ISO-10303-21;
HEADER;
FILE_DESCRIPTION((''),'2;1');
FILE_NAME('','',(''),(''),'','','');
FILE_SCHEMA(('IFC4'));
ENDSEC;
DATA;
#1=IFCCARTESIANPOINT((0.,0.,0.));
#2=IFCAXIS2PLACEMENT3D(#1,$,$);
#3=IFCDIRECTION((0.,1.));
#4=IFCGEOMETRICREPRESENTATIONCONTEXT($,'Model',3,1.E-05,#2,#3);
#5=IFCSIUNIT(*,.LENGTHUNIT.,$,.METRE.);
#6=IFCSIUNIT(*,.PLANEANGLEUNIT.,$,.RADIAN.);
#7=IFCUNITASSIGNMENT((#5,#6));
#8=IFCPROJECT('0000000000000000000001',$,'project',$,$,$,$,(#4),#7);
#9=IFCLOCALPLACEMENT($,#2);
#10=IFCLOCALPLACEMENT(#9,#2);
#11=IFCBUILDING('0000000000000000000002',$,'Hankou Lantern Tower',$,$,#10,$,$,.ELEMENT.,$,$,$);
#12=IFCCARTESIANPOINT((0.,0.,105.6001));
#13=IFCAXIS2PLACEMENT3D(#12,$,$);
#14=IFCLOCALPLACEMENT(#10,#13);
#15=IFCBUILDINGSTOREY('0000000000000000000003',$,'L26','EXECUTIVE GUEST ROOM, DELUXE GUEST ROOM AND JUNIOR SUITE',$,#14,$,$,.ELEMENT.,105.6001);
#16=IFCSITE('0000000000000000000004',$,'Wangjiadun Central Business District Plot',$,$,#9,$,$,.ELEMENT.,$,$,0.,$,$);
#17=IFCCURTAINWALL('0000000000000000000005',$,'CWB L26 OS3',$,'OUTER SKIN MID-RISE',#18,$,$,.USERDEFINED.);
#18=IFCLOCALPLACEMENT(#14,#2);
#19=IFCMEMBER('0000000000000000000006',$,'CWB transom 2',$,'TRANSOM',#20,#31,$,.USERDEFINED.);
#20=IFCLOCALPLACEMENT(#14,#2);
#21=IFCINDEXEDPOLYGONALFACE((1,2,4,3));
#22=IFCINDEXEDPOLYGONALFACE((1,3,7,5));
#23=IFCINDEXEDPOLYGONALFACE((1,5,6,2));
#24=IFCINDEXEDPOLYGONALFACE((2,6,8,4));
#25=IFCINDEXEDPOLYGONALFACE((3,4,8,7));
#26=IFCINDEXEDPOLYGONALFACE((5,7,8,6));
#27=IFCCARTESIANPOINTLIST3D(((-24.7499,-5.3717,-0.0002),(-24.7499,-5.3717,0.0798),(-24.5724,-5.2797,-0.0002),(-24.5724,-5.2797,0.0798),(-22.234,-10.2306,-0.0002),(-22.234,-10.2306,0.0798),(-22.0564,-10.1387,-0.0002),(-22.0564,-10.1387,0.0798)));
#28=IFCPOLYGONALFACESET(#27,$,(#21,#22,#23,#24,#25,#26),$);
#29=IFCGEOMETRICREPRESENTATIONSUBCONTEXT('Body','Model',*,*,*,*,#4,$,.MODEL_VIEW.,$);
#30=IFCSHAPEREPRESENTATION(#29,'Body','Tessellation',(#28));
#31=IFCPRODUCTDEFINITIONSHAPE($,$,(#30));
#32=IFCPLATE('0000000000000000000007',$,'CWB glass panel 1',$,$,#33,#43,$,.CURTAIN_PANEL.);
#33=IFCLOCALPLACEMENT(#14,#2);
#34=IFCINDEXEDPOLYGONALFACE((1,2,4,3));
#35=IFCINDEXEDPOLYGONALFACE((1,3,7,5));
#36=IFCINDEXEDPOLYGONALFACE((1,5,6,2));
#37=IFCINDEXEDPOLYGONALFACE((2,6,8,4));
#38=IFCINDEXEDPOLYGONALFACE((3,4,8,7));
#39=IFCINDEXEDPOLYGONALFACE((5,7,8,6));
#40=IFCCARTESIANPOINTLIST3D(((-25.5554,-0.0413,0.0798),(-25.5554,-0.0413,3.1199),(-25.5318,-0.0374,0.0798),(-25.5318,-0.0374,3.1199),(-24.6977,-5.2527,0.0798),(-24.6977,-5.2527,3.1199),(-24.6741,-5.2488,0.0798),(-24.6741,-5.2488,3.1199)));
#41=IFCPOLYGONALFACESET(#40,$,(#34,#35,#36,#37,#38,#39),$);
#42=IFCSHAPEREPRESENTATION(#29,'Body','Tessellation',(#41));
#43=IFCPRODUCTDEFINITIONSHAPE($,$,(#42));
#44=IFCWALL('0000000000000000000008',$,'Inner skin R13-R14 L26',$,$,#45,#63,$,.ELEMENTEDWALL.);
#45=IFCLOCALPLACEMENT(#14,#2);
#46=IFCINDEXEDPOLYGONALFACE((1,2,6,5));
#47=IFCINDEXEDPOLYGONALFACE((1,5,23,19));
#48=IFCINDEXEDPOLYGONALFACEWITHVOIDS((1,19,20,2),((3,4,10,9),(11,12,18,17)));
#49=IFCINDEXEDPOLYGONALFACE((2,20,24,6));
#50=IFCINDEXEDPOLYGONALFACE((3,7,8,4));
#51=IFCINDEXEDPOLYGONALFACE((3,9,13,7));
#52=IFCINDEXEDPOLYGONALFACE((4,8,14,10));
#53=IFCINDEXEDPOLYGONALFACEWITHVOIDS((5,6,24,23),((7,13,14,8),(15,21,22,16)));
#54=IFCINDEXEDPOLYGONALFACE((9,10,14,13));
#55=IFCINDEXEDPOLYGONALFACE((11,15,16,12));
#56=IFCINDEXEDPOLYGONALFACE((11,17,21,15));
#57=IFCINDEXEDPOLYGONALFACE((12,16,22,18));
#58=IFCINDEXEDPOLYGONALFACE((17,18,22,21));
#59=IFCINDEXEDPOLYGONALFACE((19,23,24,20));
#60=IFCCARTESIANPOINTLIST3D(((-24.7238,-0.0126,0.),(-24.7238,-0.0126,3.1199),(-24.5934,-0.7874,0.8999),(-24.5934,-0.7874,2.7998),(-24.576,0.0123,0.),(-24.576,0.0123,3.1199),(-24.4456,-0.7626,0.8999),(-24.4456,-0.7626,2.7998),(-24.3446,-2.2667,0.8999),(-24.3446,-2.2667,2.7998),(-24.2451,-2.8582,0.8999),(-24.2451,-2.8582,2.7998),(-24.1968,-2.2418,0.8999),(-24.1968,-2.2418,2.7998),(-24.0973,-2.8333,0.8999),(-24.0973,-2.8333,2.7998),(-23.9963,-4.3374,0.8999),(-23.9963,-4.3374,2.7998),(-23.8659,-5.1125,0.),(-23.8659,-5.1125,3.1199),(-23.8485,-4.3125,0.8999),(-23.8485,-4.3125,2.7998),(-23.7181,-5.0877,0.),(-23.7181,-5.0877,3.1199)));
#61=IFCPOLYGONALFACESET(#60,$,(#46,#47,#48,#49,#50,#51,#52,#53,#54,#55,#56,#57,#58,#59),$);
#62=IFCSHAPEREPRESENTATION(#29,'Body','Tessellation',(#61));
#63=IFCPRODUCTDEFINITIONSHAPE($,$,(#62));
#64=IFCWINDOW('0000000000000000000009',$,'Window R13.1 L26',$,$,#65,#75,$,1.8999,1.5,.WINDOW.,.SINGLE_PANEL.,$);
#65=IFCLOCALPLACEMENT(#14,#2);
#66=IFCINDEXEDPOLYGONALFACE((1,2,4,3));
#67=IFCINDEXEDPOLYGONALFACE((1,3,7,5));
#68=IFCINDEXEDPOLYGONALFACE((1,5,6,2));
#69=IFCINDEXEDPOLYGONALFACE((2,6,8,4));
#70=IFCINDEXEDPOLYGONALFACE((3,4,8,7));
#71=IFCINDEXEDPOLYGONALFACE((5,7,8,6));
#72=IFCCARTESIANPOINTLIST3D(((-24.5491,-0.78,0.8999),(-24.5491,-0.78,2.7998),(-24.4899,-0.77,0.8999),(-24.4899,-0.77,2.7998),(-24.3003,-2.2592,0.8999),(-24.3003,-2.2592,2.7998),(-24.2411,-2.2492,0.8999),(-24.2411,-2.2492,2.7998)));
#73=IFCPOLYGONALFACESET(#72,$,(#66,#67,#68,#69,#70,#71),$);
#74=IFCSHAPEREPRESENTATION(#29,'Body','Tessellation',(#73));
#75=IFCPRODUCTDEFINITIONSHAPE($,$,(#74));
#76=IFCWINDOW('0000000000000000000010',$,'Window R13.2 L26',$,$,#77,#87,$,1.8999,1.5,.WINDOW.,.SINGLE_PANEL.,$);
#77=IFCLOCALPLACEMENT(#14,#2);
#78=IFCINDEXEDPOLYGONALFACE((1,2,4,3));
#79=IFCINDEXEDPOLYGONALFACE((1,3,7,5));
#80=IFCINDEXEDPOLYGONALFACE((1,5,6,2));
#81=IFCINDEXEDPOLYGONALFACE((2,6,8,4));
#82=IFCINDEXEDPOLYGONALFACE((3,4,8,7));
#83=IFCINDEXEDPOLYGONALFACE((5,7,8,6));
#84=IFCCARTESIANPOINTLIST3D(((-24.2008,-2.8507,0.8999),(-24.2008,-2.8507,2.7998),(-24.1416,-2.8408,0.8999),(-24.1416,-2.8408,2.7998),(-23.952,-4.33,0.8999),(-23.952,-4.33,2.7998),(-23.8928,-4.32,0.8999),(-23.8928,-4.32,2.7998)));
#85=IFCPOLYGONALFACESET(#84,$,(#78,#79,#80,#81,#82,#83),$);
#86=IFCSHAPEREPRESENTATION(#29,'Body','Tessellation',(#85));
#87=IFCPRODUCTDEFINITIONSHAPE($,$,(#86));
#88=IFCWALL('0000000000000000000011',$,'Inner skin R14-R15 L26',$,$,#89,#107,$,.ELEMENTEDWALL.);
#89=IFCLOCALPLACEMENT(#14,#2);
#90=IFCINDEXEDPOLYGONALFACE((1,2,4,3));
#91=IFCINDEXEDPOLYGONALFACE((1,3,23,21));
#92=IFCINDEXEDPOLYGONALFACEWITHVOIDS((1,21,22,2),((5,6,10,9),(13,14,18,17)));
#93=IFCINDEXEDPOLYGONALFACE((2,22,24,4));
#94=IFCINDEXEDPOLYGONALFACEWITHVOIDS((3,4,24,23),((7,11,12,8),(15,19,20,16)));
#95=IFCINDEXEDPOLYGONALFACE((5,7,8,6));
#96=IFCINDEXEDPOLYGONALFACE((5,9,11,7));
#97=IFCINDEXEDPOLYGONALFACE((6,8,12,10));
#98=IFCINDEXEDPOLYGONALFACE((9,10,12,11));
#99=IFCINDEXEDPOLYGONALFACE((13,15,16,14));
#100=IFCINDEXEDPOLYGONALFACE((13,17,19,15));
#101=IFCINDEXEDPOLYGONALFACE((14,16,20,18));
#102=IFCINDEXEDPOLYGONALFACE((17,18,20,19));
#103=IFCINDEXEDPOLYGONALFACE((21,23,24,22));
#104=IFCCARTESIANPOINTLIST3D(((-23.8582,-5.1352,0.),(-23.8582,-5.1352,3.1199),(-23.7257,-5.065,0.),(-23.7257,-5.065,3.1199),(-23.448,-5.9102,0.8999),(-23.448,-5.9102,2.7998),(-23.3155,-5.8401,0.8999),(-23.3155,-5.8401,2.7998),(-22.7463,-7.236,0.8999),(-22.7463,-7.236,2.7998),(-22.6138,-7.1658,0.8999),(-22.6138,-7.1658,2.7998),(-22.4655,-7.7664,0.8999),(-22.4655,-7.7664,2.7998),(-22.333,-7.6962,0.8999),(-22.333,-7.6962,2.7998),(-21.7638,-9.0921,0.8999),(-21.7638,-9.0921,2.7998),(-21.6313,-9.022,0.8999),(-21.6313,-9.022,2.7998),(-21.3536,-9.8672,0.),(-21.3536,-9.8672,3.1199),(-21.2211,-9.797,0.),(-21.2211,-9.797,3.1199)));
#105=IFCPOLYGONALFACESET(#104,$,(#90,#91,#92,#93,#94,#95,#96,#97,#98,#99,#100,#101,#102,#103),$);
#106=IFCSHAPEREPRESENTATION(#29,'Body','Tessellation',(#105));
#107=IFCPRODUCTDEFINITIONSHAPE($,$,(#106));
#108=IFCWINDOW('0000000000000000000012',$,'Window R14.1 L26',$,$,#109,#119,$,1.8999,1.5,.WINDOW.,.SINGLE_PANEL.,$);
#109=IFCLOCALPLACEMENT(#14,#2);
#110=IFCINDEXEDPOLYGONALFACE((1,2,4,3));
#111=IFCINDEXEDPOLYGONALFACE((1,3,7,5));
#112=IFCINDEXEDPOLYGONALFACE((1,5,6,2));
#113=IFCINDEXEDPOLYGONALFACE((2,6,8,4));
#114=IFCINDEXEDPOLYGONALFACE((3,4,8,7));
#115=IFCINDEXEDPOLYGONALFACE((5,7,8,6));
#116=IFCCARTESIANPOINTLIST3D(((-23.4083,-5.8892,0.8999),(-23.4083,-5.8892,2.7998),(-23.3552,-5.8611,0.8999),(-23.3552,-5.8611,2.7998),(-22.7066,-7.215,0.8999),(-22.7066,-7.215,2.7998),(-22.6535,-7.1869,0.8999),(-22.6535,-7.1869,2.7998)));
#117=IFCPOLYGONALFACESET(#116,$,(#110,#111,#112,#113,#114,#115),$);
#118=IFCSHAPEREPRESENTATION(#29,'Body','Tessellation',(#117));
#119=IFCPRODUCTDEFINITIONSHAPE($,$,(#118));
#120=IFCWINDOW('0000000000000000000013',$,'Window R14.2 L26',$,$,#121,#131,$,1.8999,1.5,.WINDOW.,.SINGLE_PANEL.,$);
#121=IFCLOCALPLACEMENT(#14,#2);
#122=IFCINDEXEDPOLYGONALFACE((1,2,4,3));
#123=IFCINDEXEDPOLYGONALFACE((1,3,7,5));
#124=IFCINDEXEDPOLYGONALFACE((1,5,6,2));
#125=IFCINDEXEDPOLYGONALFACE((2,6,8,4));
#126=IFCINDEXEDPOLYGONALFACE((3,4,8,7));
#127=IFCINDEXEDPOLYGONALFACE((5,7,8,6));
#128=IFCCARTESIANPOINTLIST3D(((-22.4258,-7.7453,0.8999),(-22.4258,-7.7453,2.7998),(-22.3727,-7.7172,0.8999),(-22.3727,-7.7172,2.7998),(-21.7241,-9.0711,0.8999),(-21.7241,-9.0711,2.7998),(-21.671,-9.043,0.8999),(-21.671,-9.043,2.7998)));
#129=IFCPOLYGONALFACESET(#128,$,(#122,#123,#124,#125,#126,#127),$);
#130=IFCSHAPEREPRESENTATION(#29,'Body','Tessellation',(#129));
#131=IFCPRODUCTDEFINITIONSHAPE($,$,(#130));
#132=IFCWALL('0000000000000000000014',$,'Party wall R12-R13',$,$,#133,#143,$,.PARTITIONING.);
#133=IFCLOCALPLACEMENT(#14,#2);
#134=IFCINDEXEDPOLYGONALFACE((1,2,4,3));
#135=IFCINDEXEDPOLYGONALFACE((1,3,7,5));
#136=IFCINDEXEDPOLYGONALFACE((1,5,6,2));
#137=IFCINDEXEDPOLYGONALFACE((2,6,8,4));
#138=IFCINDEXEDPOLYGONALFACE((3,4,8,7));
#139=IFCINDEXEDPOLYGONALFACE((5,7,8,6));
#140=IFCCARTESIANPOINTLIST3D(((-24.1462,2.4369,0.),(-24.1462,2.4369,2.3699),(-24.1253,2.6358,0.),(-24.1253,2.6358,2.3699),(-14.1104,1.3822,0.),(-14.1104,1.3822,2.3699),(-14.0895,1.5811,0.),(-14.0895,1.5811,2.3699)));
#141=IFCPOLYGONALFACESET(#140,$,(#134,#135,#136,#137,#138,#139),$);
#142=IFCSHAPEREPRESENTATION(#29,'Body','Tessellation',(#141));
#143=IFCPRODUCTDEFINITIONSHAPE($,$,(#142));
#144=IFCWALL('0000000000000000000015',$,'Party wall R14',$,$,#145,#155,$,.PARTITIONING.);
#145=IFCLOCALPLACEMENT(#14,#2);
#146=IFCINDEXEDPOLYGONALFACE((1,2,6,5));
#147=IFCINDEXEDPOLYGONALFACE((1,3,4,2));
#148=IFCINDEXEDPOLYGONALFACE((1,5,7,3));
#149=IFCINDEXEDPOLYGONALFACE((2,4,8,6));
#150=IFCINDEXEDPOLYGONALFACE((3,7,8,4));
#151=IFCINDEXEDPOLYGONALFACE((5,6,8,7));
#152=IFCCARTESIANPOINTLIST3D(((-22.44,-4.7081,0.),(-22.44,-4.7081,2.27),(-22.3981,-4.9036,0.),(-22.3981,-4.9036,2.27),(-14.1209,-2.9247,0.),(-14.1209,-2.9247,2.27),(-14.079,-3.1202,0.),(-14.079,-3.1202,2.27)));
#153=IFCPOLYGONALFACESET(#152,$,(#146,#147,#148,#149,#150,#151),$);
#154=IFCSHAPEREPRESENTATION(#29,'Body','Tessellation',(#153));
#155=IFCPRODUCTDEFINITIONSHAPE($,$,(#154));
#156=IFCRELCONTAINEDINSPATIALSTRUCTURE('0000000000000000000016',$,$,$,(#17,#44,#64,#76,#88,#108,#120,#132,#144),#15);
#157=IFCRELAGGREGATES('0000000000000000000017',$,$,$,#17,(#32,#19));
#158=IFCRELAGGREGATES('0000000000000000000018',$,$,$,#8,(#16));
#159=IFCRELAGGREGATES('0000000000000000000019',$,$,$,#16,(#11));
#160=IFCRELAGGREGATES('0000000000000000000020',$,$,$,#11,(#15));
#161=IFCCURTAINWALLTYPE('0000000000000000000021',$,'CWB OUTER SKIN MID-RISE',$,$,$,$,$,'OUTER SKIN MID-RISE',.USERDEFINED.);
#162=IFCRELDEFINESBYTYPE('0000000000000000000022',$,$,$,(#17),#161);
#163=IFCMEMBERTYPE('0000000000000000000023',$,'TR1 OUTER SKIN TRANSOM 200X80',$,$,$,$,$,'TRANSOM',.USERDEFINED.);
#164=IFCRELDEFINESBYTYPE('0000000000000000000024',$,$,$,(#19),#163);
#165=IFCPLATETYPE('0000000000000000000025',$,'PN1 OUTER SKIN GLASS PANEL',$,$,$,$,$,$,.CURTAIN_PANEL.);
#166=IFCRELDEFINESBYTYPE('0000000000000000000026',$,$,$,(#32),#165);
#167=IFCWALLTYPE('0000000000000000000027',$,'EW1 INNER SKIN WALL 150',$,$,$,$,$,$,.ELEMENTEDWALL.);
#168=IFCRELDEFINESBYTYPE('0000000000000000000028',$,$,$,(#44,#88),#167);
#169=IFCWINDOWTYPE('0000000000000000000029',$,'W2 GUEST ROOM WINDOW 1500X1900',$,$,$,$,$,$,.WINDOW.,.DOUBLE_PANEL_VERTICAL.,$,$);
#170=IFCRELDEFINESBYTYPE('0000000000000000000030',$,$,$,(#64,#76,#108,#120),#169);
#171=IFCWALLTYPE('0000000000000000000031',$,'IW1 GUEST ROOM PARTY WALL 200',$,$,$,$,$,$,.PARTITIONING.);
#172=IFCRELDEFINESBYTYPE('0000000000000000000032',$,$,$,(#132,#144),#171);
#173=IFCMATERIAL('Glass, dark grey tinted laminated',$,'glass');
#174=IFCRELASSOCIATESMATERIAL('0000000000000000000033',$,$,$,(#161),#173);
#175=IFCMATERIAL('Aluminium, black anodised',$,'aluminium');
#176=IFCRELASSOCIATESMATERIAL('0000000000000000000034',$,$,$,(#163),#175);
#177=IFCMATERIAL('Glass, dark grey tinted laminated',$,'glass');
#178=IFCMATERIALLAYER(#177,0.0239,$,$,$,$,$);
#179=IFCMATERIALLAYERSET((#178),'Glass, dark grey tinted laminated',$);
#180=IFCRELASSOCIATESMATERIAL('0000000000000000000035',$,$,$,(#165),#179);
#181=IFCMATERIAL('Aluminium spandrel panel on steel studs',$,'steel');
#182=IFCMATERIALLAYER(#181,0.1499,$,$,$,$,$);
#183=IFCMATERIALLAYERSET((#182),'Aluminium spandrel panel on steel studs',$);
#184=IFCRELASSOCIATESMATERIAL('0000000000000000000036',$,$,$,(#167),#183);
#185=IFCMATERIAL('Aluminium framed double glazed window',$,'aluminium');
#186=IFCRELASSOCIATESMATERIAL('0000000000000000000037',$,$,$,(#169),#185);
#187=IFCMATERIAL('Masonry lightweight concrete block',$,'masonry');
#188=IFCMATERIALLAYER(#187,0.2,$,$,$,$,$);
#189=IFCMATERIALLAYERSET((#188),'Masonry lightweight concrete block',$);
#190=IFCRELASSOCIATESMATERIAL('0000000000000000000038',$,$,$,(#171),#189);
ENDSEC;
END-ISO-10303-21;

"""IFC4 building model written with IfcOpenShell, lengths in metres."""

from ifc_helpers import new_model, si_unit, direction, frame, frame_2d, origin, origin_2d, place, context, subcontext, project, spatial, rectangle, extrude, material, layer, layer_set, material_profile, profile_set, type_object, element, fill, aggregate, save


model = new_model("IFC4")

# Units and contexts
model_context = context("Model", 3, precision=1e-05, world=origin(), true_north=direction((0.0, 1.0)))
body_context = subcontext(model_context, "Body", "Model", "MODEL_VIEW")
ifc_project = project(units=[si_unit("LENGTHUNIT", "METRE"), si_unit("PLANEANGLEUNIT", "RADIAN")], contexts=[model_context])

# Site, building, storey
site_placement = place(None, origin())
site = spatial("IfcSite", under=ifc_project, at=site_placement, Name="Wangjiadun Central Business District Plot", CompositionType="ELEMENT", RefElevation=0.0)
building_placement = place(site_placement, origin())
building = spatial("IfcBuilding", under=site, at=building_placement, Name="Hankou Lantern Tower", CompositionType="ELEMENT")
storey_placement = place(building_placement, frame((0.0, 0.0, 105.6001)))
storey = spatial("IfcBuildingStorey", under=building, at=storey_placement, Name="L26", Description="EXECUTIVE GUEST ROOM, DELUXE GUEST ROOM AND JUNIOR SUITE", CompositionType="ELEMENT", Elevation=105.6001)

# Curtain wall
ifc_material_1 = material(Name="Glass, dark grey tinted laminated", Category="glass")
curtain_wall_type = type_object("IfcCurtainWallType", Name="CWB OUTER SKIN MID-RISE", ElementType="OUTER SKIN MID-RISE", PredefinedType="USERDEFINED", material=ifc_material_1)
curtain_wall_placement = place(storey_placement, origin())
curtain_wall = element("IfcCurtainWall", 1, at=curtain_wall_placement, inside=storey, type_object=curtain_wall_type, Name="CWB L26 OS3", ObjectType="OUTER SKIN MID-RISE", PredefinedType="USERDEFINED")

# Member
ifc_material_2 = material(Name="Aluminium, black anodised", Category="aluminium")
ifc_material_profile_1 = material_profile(ifc_material_2, rectangle(XDim=0.2, YDim=0.0801, at=origin_2d()), Name="TR1 200X80")
ifc_profile_set_1 = profile_set([ifc_material_profile_1], Name="Aluminium, black anodised")
member_type_1 = type_object("IfcMemberType", Name="TR1 OUTER SKIN TRANSOM 200X80", ElementType="TRANSOM", PredefinedType="USERDEFINED", material=ifc_profile_set_1)
member_1_placement = place(storey_placement, frame((-24.6611, -5.3257, 0.0398), z_axis=(0.459805, -0.88802, 0.0), x_axis=(0.88802, 0.459805, 0.0)))
member_1 = element("IfcMember", 2, at=member_1_placement, type_object=member_type_1, Name="CWB transom 2", ObjectType="TRANSOM", PredefinedType="USERDEFINED", context=body_context, shape_type="SweptSolid", body=[
    extrude(rectangle(XDim=0.2, YDim=0.0801, at=origin_2d()), origin(), (0.0, 0.0, 1.0), 5.4717),
])

# Plate
ifc_material_3 = material(Name="Glass, dark grey tinted laminated", Category="glass")
ifc_layer_1 = layer(ifc_material_3, 0.0239)
ifc_layer_set_1 = layer_set([ifc_layer_1], Name="Glass, dark grey tinted laminated")
plate_type = type_object("IfcPlateType", Name="PN1 OUTER SKIN GLASS PANEL", PredefinedType="CURTAIN_PANEL", material=ifc_layer_set_1)
plate_placement = place(storey_placement, frame((-25.1147, -2.645, 0.0798), z_axis=(0.0, 0.0, 1.0), x_axis=(0.162382, -0.986728, 0.0)))
plate = element("IfcPlate", 3, at=plate_placement, type_object=plate_type, Name="CWB glass panel 1", PredefinedType="CURTAIN_PANEL", context=body_context, shape_type="SweptSolid", body=[
    extrude(rectangle(XDim=5.2815, YDim=0.0239, at=origin_2d()), origin(), (0.0, 0.0, 1.0), 3.04),
])
aggregate(curtain_wall, [plate, member_1])

# Walls, openings, windows
ifc_material_4 = material(Name="Aluminium spandrel panel on steel studs", Category="steel")
ifc_layer_2 = layer(ifc_material_4, 0.1499)
ifc_layer_set_2 = layer_set([ifc_layer_2], Name="Aluminium spandrel panel on steel studs")
wall_type_1 = type_object("IfcWallType", Name="EW1 INNER SKIN WALL 150", PredefinedType="ELEMENTEDWALL", material=ifc_layer_set_2)
wall_1_placement = place(storey_placement, frame((-24.6499, 0.0, 0.0), z_axis=(0.0, 0.0, 1.0), x_axis=(0.165884, -0.986145, 0.0)))
wall_1 = element("IfcWall", 4, at=wall_1_placement, inside=storey, type_object=wall_type_1, Name="Inner skin R13-R14 L26", PredefinedType="ELEMENTEDWALL", context=body_context, shape_type="SweptSolid", body=[
    extrude(rectangle(XDim=5.1716, YDim=0.1499, at=frame_2d((2.5859, 0.0))), origin(), (0.0, 0.0, 1.0), 3.1199),
])
opening_1_placement = place(wall_1_placement, frame((0.7859, 0.0, 0.8999)))
opening_1 = element("IfcOpeningElement", 5, at=opening_1_placement, cuts=wall_1, PredefinedType="OPENING", context=body_context, shape_type="SweptSolid", body=[
    extrude(rectangle(XDim=1.5, YDim=1.8999, at=frame_2d((0.75, 0.95))), frame((0.0, 0.085, 0.0), z_axis=(0.0, -1.0, 0.0), x_axis=(1.0, 0.0, 0.0)), (0.0, 0.0, 1.0), 0.1699),
])
opening_2_placement = place(wall_1_placement, frame((2.8857, 0.0, 0.8999)))
opening_2 = element("IfcOpeningElement", 6, at=opening_2_placement, cuts=wall_1, PredefinedType="OPENING", context=body_context, shape_type="SweptSolid", body=[
    extrude(rectangle(XDim=1.5, YDim=1.8999, at=frame_2d((0.75, 0.95))), frame((0.0, 0.085, 0.0), z_axis=(0.0, -1.0, 0.0), x_axis=(1.0, 0.0, 0.0)), (0.0, 0.0, 1.0), 0.1699),
])
ifc_material_5 = material(Name="Aluminium framed double glazed window", Category="aluminium")
window_type = type_object("IfcWindowType", Name="W2 GUEST ROOM WINDOW 1500X1900", PartitioningType="DOUBLE_PANEL_VERTICAL", PredefinedType="WINDOW", material=ifc_material_5)
window_1_placement = place(opening_1_placement, origin())
window_1 = element("IfcWindow", 7, at=window_1_placement, inside=storey, type_object=window_type, Name="Window R13.1 L26", OverallHeight=1.8999, OverallWidth=1.5, PartitioningType="SINGLE_PANEL", PredefinedType="WINDOW", context=body_context, shape_type="SweptSolid", body=[
    extrude(rectangle(XDim=1.5, YDim=1.8999, at=frame_2d((0.75, 0.95))), frame((0.0, 0.03, 0.0), z_axis=(0.0, -1.0, 0.0), x_axis=(1.0, 0.0, 0.0)), (0.0, 0.0, 1.0), 0.0601),
])
fill(opening_1, window_1)
window_2_placement = place(opening_2_placement, origin())
window_2 = element("IfcWindow", 8, at=window_2_placement, inside=storey, type_object=window_type, Name="Window R13.2 L26", OverallHeight=1.8999, OverallWidth=1.5, PartitioningType="SINGLE_PANEL", PredefinedType="WINDOW", context=body_context, shape_type="SweptSolid", body=[
    extrude(rectangle(XDim=1.5, YDim=1.8999, at=frame_2d((0.75, 0.95))), frame((0.0, 0.03, 0.0), z_axis=(0.0, -1.0, 0.0), x_axis=(1.0, 0.0, 0.0)), (0.0, 0.0, 1.0), 0.0601),
])
fill(opening_2, window_2)
wall_2_placement = place(storey_placement, frame((-23.792, -5.1001, 0.0), z_axis=(0.0, 0.0, 1.0), x_axis=(0.467814, -0.883827, 0.0)))
wall_2 = element("IfcWall", 9, at=wall_2_placement, inside=storey, type_object=wall_type_1, Name="Inner skin R14-R15 L26", PredefinedType="ELEMENTEDWALL", context=body_context, shape_type="SweptSolid", body=[
    extrude(rectangle(XDim=5.354, YDim=0.1499, at=frame_2d((2.677, 0.0))), origin(), (0.0, 0.0, 1.0), 3.1199),
])
opening_3_placement = place(wall_2_placement, frame((0.877, 0.0, 0.8999)))
opening_3 = element("IfcOpeningElement", 10, at=opening_3_placement, cuts=wall_2, PredefinedType="OPENING", context=body_context, shape_type="SweptSolid", body=[
    extrude(rectangle(XDim=1.5, YDim=1.8999, at=frame_2d((0.75, 0.95))), frame((0.0, 0.085, 0.0), z_axis=(0.0, -1.0, 0.0), x_axis=(1.0, 0.0, 0.0)), (0.0, 0.0, 1.0), 0.1699),
])
opening_4_placement = place(wall_2_placement, frame((2.9771, 0.0, 0.8999)))
opening_4 = element("IfcOpeningElement", 11, at=opening_4_placement, cuts=wall_2, PredefinedType="OPENING", context=body_context, shape_type="SweptSolid", body=[
    extrude(rectangle(XDim=1.5, YDim=1.8999, at=frame_2d((0.75, 0.95))), frame((0.0, 0.085, 0.0), z_axis=(0.0, -1.0, 0.0), x_axis=(1.0, 0.0, 0.0)), (0.0, 0.0, 1.0), 0.1699),
])
window_3_placement = place(opening_3_placement, origin())
window_3 = element("IfcWindow", 12, at=window_3_placement, inside=storey, type_object=window_type, Name="Window R14.1 L26", OverallHeight=1.8999, OverallWidth=1.5, PartitioningType="SINGLE_PANEL", PredefinedType="WINDOW", context=body_context, shape_type="SweptSolid", body=[
    extrude(rectangle(XDim=1.5, YDim=1.8999, at=frame_2d((0.75, 0.95))), frame((0.0, 0.03, 0.0), z_axis=(0.0, -1.0, 0.0), x_axis=(1.0, 0.0, 0.0)), (0.0, 0.0, 1.0), 0.0601),
])
fill(opening_3, window_3)
window_4_placement = place(opening_4_placement, origin())
window_4 = element("IfcWindow", 13, at=window_4_placement, inside=storey, type_object=window_type, Name="Window R14.2 L26", OverallHeight=1.8999, OverallWidth=1.5, PartitioningType="SINGLE_PANEL", PredefinedType="WINDOW", context=body_context, shape_type="SweptSolid", body=[
    extrude(rectangle(XDim=1.5, YDim=1.8999, at=frame_2d((0.75, 0.95))), frame((0.0, 0.03, 0.0), z_axis=(0.0, -1.0, 0.0), x_axis=(1.0, 0.0, 0.0)), (0.0, 0.0, 1.0), 0.0601),
])
fill(opening_4, window_4)

# Walls
ifc_material_6 = material(Name="Masonry lightweight concrete block", Category="masonry")
ifc_layer_3 = layer(ifc_material_6, 0.2)
ifc_layer_set_3 = layer_set([ifc_layer_3], Name="Masonry lightweight concrete block")
wall_type_2 = type_object("IfcWallType", Name="IW1 GUEST ROOM PARTY WALL 200", PredefinedType="PARTITIONING", material=ifc_layer_set_3)
wall_3_placement = place(storey_placement, frame((-14.1001, 1.4817, 0.0), z_axis=(0.0, 0.0, 1.0), x_axis=(-0.994523, 0.104516, 0.0)))
element("IfcWall", 14, at=wall_3_placement, inside=storey, type_object=wall_type_2, Name="Party wall R12-R13", PredefinedType="PARTITIONING", context=body_context, shape_type="SweptSolid", body=[
    extrude(rectangle(XDim=10.0911, YDim=0.2, at=frame_2d((5.0454, 0.0))), origin(), (0.0, 0.0, 1.0), 2.3699),
])
wall_4_placement = place(storey_placement, frame((-14.1001, -3.0225, 0.0), z_axis=(0.0, 0.0, 1.0), x_axis=(-0.977784, -0.209617, 0.0)))
element("IfcWall", 15, at=wall_4_placement, inside=storey, type_object=wall_type_2, Name="Party wall R14", PredefinedType="PARTITIONING", context=body_context, shape_type="SweptSolid", body=[
    extrude(rectangle(XDim=8.5081, YDim=0.2, at=frame_2d((4.2539, 0.0))), origin(), (0.0, 0.0, 1.0), 2.27),
])

save(model, "model.ifc")
